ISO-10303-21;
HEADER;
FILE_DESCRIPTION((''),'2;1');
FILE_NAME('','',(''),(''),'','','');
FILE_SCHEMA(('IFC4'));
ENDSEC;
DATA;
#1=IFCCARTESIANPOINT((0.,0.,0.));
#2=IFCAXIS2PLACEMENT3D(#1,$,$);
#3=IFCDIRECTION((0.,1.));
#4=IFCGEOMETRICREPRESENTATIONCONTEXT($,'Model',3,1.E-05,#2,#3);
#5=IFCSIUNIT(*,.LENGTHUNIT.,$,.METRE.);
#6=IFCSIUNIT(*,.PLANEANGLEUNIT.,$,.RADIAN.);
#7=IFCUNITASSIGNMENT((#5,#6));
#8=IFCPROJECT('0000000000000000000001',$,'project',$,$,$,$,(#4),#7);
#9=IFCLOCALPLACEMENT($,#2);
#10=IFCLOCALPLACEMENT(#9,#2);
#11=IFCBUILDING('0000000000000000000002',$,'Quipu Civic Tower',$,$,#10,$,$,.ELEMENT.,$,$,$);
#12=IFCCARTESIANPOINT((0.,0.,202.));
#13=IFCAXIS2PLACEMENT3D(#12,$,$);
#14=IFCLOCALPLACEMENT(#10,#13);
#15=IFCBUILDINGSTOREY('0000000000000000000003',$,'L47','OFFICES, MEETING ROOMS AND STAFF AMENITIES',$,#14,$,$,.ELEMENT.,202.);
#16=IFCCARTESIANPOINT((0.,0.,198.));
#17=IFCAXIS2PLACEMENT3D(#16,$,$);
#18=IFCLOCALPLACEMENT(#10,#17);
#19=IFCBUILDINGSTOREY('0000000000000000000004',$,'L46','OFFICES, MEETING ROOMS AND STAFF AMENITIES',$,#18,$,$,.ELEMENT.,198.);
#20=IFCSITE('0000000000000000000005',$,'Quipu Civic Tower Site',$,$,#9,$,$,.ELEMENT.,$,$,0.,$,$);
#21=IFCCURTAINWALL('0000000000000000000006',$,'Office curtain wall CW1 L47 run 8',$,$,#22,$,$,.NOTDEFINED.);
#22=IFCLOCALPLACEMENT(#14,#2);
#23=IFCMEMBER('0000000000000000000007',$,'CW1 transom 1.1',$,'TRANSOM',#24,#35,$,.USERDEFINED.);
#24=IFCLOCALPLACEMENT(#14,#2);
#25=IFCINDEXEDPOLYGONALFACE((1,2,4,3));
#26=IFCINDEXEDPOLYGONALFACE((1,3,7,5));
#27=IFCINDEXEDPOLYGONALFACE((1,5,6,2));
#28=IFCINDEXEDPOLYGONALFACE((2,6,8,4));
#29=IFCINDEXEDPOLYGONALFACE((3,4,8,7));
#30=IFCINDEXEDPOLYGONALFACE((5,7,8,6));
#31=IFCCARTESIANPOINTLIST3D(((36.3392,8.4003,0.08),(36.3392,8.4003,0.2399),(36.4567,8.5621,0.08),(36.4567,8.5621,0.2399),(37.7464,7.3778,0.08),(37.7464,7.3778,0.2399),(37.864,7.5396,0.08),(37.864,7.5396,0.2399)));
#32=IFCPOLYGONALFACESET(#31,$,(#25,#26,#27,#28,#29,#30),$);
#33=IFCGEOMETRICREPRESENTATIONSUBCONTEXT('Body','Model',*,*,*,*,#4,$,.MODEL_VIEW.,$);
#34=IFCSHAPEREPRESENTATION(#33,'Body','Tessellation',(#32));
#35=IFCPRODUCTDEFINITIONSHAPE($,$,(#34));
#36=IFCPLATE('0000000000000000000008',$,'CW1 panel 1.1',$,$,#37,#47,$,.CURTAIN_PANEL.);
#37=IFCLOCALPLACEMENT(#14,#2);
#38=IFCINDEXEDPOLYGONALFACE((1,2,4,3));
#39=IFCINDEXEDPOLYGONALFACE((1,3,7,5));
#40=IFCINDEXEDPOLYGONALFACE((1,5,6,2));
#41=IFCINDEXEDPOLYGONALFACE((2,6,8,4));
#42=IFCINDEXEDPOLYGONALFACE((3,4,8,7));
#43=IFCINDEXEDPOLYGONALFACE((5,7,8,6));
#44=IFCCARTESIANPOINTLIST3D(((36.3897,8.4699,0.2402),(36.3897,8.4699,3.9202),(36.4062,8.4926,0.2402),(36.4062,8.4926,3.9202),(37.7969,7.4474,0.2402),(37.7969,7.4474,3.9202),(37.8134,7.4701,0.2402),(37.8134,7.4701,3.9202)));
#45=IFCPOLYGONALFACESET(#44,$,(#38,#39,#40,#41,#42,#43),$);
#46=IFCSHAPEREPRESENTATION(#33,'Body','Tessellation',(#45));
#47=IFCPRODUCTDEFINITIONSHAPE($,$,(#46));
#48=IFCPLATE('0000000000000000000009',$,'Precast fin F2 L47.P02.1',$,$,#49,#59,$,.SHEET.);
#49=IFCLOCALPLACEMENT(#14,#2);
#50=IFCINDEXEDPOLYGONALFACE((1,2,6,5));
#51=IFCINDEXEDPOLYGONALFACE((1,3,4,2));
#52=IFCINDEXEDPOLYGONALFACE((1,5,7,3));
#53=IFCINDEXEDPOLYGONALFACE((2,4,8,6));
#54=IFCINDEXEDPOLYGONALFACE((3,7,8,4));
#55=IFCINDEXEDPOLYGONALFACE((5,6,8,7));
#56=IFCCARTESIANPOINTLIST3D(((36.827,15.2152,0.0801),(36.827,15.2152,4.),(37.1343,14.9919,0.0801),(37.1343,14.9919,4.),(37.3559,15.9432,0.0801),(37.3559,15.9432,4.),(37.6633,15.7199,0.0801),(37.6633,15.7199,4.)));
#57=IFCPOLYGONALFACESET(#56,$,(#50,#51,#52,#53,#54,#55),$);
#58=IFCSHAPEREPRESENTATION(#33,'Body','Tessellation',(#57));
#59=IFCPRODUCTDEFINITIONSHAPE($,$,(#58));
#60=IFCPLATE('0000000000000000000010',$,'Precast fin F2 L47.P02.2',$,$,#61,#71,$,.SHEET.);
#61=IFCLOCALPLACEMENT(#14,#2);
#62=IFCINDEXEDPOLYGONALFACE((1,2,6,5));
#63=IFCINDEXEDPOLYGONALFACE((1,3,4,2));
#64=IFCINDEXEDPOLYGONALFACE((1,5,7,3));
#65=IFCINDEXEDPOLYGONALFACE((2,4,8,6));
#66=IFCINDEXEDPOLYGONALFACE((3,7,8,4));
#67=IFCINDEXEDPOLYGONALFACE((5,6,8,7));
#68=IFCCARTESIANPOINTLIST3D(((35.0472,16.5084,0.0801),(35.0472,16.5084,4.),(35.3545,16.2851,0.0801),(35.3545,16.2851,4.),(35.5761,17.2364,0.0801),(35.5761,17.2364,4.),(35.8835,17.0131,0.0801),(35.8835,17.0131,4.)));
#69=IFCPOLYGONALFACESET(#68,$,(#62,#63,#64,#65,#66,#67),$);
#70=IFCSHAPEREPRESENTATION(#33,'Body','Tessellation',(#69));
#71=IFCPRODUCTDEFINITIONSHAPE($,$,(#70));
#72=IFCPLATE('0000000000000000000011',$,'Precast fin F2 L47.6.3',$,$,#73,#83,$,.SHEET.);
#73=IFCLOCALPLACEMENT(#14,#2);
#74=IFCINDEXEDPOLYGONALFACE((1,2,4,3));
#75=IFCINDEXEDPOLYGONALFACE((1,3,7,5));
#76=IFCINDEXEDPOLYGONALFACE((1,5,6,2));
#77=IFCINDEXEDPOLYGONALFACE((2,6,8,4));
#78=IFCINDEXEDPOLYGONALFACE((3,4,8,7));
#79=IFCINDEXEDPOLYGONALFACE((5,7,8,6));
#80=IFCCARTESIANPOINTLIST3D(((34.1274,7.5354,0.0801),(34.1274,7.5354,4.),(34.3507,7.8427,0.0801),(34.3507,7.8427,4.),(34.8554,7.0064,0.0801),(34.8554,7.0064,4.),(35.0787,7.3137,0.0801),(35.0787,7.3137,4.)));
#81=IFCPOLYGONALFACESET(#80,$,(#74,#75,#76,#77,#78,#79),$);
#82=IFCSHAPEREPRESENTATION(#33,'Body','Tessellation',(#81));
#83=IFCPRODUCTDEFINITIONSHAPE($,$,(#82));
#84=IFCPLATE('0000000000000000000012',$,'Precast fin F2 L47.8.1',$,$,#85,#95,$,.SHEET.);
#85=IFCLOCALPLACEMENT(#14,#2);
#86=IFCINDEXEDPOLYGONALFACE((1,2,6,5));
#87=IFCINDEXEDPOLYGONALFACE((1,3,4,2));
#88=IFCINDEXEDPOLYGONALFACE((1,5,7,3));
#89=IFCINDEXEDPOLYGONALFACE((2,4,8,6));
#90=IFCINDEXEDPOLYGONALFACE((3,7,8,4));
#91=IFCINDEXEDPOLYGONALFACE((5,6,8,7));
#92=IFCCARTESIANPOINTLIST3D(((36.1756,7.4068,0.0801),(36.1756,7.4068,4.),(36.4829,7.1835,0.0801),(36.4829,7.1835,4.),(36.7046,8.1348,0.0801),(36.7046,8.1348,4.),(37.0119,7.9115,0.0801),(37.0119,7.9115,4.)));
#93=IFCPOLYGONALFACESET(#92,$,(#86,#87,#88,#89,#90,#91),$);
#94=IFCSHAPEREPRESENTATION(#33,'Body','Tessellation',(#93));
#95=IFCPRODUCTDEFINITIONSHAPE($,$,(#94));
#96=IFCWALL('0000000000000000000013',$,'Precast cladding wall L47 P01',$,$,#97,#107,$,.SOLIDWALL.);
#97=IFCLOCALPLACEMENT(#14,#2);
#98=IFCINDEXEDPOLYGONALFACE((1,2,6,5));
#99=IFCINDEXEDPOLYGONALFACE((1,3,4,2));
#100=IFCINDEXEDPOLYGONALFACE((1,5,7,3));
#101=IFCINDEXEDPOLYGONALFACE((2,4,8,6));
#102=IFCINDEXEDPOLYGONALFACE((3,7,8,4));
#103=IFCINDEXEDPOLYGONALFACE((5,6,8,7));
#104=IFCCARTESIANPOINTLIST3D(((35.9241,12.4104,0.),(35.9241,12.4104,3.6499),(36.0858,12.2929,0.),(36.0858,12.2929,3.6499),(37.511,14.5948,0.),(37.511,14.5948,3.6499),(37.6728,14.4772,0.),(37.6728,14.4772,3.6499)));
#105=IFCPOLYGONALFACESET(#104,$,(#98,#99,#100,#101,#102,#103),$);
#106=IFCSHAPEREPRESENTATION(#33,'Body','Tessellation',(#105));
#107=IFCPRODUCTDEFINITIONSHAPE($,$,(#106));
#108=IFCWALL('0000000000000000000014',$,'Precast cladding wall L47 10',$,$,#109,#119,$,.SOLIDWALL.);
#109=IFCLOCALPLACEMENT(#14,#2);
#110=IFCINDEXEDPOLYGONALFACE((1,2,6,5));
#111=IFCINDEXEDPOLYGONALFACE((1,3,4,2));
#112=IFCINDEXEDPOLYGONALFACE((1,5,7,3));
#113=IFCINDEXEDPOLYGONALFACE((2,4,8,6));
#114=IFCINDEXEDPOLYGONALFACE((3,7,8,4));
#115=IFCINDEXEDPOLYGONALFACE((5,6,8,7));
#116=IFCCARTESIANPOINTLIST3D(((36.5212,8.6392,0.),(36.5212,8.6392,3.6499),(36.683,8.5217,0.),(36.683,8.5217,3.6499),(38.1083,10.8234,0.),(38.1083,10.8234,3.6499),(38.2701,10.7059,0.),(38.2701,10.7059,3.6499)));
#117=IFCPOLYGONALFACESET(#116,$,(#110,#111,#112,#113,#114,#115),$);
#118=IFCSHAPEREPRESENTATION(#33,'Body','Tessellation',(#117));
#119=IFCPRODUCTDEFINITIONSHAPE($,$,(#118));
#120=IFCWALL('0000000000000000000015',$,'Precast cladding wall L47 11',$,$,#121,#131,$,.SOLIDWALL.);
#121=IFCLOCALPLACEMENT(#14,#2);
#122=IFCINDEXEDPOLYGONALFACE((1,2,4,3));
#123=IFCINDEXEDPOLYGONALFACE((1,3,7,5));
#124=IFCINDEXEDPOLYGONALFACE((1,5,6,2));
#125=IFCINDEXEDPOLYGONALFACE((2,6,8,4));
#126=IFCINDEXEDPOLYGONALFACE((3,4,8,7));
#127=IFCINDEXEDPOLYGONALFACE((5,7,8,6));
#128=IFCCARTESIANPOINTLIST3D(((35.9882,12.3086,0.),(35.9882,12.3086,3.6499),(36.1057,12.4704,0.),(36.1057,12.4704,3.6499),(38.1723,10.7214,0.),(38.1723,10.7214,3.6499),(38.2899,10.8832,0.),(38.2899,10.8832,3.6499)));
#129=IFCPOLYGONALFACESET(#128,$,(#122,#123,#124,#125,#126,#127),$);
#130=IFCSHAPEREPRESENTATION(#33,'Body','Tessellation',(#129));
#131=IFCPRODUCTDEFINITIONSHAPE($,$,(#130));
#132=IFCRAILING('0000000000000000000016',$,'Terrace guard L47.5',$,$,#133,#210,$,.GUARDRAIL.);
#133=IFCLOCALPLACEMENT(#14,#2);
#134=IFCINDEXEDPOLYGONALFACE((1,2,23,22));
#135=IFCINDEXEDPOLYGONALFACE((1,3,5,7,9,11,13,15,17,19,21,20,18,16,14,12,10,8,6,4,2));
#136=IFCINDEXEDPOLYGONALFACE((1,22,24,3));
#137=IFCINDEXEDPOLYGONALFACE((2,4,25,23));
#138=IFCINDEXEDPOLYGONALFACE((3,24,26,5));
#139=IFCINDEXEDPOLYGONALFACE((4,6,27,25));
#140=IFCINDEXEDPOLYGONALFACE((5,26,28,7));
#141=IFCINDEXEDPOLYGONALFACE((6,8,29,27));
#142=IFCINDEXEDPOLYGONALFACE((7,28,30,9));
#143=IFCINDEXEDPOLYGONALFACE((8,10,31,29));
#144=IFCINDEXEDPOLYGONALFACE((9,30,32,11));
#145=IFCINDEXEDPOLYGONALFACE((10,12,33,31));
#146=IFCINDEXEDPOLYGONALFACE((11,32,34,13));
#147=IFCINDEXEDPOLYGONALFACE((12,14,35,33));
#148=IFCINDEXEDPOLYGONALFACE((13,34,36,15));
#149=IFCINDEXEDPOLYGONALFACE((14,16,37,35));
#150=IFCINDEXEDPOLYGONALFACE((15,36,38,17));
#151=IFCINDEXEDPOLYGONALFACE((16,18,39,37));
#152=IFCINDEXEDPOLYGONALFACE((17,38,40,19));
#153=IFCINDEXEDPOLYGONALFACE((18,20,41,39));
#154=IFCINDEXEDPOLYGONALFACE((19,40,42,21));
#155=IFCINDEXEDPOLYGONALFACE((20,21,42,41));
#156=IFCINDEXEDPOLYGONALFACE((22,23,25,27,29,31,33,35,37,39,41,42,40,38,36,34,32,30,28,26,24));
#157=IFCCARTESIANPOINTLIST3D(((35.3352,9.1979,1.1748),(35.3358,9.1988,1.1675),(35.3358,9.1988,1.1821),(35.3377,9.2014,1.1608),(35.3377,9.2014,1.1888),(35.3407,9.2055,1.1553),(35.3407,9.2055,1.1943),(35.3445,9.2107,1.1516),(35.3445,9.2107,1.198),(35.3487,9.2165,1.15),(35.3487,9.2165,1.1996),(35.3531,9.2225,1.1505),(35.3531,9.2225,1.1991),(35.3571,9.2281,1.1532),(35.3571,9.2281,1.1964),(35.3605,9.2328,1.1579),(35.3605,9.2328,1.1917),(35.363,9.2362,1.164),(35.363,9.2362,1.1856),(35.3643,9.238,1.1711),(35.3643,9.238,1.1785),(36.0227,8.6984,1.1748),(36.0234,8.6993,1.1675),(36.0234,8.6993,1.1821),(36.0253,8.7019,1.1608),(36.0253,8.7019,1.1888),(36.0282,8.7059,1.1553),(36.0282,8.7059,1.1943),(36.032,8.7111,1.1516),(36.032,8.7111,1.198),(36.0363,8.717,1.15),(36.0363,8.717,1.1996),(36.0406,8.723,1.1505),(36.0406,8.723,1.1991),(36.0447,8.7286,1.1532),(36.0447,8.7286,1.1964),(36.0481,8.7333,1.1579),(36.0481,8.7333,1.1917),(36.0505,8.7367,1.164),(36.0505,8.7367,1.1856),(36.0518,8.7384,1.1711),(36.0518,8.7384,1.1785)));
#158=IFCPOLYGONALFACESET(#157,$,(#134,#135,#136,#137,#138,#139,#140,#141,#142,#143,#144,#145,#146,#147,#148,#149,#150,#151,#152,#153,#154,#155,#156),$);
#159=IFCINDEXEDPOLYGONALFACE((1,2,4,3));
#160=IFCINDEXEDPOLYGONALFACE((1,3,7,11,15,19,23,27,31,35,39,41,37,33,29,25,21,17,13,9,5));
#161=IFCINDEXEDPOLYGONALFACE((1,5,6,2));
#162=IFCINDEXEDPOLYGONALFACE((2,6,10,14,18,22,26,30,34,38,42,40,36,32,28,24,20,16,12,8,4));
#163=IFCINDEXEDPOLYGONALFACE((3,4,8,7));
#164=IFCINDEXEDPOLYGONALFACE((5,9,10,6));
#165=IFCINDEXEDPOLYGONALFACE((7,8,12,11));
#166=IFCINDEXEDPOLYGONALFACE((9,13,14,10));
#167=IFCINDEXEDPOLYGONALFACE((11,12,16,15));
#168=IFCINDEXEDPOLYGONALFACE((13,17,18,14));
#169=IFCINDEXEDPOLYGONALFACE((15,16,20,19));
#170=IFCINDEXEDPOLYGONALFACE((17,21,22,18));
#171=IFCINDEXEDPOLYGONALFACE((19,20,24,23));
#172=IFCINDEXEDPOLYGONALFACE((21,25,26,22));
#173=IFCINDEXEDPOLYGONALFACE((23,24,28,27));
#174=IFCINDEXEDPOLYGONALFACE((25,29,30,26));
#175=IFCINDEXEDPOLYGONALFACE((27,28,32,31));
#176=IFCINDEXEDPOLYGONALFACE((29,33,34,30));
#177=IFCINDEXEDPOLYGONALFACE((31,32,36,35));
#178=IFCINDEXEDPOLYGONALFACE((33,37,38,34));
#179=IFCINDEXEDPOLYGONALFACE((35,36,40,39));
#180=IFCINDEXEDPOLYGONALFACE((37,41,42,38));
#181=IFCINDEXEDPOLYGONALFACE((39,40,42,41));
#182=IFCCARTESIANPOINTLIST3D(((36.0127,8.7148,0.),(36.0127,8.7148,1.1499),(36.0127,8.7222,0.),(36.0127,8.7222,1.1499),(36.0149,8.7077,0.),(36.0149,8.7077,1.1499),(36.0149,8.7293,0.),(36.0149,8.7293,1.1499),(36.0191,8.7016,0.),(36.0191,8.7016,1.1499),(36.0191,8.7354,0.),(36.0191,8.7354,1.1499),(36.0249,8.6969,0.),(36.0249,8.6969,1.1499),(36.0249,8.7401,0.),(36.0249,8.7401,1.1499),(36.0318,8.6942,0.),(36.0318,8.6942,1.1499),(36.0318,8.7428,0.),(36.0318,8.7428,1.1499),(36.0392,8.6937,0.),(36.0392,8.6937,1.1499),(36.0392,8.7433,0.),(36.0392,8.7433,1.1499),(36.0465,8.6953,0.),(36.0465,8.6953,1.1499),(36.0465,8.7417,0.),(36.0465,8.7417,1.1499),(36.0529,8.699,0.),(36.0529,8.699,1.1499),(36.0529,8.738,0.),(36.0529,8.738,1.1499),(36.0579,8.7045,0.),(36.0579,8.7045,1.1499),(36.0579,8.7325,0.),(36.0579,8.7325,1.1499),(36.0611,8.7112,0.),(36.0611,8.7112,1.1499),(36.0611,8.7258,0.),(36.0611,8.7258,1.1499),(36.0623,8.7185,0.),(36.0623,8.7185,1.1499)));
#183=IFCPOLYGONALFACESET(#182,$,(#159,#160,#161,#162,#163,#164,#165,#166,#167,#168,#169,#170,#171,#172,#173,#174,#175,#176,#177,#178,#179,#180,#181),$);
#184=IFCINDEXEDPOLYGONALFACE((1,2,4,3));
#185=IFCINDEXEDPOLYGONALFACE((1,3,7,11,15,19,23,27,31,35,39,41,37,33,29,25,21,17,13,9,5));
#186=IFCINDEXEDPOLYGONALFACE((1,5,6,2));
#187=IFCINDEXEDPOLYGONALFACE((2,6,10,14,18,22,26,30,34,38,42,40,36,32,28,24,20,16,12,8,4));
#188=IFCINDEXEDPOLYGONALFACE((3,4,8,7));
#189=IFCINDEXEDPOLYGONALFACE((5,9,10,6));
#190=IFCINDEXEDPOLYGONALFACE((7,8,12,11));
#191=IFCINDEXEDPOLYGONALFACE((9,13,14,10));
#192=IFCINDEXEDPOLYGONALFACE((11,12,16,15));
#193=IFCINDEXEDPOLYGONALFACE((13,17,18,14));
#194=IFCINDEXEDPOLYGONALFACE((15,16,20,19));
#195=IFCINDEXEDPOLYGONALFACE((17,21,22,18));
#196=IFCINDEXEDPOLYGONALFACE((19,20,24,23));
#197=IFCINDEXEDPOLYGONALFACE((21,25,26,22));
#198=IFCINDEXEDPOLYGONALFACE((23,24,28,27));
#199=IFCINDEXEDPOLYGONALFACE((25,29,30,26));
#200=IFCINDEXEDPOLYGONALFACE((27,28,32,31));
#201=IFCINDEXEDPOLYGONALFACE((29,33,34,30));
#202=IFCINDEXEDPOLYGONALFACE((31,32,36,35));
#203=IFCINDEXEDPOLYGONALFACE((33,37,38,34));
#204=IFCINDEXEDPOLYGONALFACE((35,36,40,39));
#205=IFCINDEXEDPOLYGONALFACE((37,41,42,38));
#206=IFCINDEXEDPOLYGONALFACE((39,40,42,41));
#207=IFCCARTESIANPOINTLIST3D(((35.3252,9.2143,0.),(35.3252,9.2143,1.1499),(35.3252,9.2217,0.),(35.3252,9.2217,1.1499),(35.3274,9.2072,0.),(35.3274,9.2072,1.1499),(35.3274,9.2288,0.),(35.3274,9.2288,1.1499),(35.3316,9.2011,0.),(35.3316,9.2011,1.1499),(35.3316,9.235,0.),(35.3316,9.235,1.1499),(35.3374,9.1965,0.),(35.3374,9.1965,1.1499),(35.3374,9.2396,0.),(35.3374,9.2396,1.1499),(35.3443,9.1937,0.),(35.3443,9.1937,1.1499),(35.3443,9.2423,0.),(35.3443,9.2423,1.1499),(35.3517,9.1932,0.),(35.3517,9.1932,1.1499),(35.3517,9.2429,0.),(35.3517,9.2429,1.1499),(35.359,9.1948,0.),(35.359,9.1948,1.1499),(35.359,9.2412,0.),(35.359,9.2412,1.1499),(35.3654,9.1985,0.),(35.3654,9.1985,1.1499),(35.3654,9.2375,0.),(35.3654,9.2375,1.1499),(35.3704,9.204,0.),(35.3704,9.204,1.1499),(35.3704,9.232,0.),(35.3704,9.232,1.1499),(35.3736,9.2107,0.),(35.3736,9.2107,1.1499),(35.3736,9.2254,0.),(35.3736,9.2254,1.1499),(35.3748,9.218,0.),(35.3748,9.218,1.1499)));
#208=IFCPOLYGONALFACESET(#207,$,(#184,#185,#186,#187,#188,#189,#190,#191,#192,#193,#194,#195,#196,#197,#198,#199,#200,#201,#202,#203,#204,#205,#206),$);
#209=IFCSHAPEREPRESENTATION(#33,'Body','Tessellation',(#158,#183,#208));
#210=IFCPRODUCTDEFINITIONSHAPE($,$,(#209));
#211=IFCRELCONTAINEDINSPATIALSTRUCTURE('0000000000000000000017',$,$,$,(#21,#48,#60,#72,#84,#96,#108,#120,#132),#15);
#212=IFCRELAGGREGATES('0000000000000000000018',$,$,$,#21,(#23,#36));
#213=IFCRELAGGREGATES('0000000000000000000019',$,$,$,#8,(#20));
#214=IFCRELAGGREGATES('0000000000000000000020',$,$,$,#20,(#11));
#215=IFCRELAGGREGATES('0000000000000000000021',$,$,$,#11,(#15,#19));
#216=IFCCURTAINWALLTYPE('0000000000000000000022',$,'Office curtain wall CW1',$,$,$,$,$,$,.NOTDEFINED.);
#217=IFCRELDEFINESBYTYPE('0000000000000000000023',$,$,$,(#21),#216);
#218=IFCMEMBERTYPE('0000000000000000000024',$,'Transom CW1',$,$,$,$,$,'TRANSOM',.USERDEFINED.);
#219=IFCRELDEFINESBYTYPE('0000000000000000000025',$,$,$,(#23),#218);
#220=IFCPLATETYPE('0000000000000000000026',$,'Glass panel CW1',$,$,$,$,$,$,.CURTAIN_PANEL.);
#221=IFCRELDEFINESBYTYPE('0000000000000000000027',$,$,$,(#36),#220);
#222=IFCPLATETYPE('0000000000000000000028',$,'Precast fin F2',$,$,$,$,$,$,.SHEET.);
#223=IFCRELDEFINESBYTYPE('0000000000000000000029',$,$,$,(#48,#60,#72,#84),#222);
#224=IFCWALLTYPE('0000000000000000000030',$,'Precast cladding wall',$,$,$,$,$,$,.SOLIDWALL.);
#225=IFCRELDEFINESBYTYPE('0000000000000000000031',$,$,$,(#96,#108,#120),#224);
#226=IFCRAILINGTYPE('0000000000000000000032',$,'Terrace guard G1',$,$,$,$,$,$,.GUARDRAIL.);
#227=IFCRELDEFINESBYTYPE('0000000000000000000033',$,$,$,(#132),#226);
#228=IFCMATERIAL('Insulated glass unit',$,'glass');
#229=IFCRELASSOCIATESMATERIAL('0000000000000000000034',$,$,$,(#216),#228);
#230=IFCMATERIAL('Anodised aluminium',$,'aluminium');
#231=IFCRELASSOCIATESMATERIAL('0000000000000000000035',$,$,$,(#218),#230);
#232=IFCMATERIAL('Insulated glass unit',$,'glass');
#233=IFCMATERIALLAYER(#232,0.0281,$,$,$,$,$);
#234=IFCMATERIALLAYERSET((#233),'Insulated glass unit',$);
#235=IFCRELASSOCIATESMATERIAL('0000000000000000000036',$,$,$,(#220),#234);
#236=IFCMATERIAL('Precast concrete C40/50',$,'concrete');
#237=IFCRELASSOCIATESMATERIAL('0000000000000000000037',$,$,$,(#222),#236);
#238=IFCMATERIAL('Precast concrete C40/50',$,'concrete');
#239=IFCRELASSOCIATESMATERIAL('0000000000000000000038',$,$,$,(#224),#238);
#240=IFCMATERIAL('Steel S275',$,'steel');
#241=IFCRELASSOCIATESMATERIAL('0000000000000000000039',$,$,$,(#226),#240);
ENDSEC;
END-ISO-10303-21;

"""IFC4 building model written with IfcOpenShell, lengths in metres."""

from ifc_helpers import new_model, si_unit, direction, frame, frame_2d, origin, origin_2d, place, context, subcontext, project, spatial, rectangle, circle, extrude, material, layer, layer_set, material_profile, profile_set, type_object, element, aggregate, save


model = new_model("IFC4")

# Units and contexts
model_context = context("Model", 3, precision=1e-05, world=origin(), true_north=direction((0.0, 1.0)))
body_context = subcontext(model_context, "Body", "Model", "MODEL_VIEW")
ifc_project = project(units=[si_unit("LENGTHUNIT", "METRE"), si_unit("PLANEANGLEUNIT", "RADIAN")], contexts=[model_context])

# Site, building, storey
site_placement = place(None, origin())
site = spatial("IfcSite", under=ifc_project, at=site_placement, Name="Quipu Civic Tower Site", CompositionType="ELEMENT", RefElevation=0.0)
building_placement = place(site_placement, origin())
building = spatial("IfcBuilding", under=site, at=building_placement, Name="Quipu Civic Tower", CompositionType="ELEMENT")
storey_1_placement = place(building_placement, frame((0.0, 0.0, 202.0)))
storey_1 = spatial("IfcBuildingStorey", under=building, at=storey_1_placement, Name="L47", Description="OFFICES, MEETING ROOMS AND STAFF AMENITIES", CompositionType="ELEMENT", Elevation=202.0)

# Shared definitions
ifc_material_1 = material(Name="Insulated glass unit", Category="glass")
curtain_wall_type = type_object("IfcCurtainWallType", Name="Office curtain wall CW1", PredefinedType="NOTDEFINED", material=ifc_material_1)

# Curtain wall
curtain_wall_1_placement = place(storey_1_placement, origin())
curtain_wall_1 = element("IfcCurtainWall", 1, at=curtain_wall_1_placement, inside=storey_1, type_object=curtain_wall_type, Name="Office curtain wall CW1 L47 run 8", PredefinedType="NOTDEFINED")

# Shared definitions
storey_2_placement = place(building_placement, frame((0.0, 0.0, 198.0)))
storey_2 = spatial("IfcBuildingStorey", under=building, at=storey_2_placement, Name="L46", Description="OFFICES, MEETING ROOMS AND STAFF AMENITIES", CompositionType="ELEMENT", Elevation=198.0)

# Shared definitions
ifc_material_2 = material(Name="Anodised aluminium", Category="aluminium")
ifc_material_profile_1 = material_profile(ifc_material_2, rectangle(XDim=0.2, YDim=0.1599, at=origin_2d()), Name="RECT 200x160")
ifc_profile_set_1 = profile_set([ifc_material_profile_1], Name="Anodised aluminium")
member_type_1 = type_object("IfcMemberType", Name="Transom CW1", ElementType="TRANSOM", PredefinedType="USERDEFINED", material=ifc_profile_set_1)

# Member
member_1_placement = place(storey_1_placement, frame((36.3979, 8.4812, 0.1599), z_axis=(0.809003, -0.587804, 0.0), x_axis=(0.587804, 0.809003, 0.0)))
member_1 = element("IfcMember", 2, at=member_1_placement, type_object=member_type_1, Name="CW1 transom 1.1", ObjectType="TRANSOM", PredefinedType="USERDEFINED", context=body_context, shape_type="SweptSolid", body=[
    extrude(rectangle(XDim=0.2, YDim=0.1599, at=origin_2d()), origin(), (0.0, 0.0, 1.0), 1.7395),
])

# Plate
ifc_material_3 = material(Name="Insulated glass unit", Category="glass")
ifc_layer = layer(ifc_material_3, 0.0281)
ifc_layer_set = layer_set([ifc_layer], Name="Insulated glass unit")
plate_type_1 = type_object("IfcPlateType", Name="Glass panel CW1", PredefinedType="CURTAIN_PANEL", material=ifc_layer_set)
plate_placement = place(storey_1_placement, frame((37.1016, 7.97, 0.2402), z_axis=(0.0, 0.0, 1.0), x_axis=(0.809005, -0.587802, 0.0)))
plate = element("IfcPlate", 3, at=plate_placement, type_object=plate_type_1, Name="CW1 panel 1.1", PredefinedType="CURTAIN_PANEL", context=body_context, shape_type="SweptSolid", body=[
    extrude(rectangle(XDim=1.7395, YDim=0.0281, at=origin_2d()), origin(), (0.0, 0.0, 1.0), 3.6799),
])
aggregate(curtain_wall_1, [member_1, plate])

# Plates
ifc_material_4 = material(Name="Precast concrete C40/50", Category="concrete")
plate_type_2 = type_object("IfcPlateType", Name="Precast fin F2", PredefinedType="SHEET", material=ifc_material_4)
for number, where, z_axis, x_axis, name in (
    (4, (37.2451, 15.4675, 0.0801), (0.0, 0.0, 1.0), (-0.809017, 0.587785, 0.0), "Precast fin F2 L47.P02.1"),
    (5, (35.4653, 16.7607, 0.0801), (0.0, 0.0, 1.0), (-0.809017, 0.587785, 0.0), "Precast fin F2 L47.P02.2"),
    (6, (34.603, 7.4246, 0.0801), (0.0, 0.0, 1.0), (0.587791, 0.809013, 0.0), "Precast fin F2 L47.6.3"),
    (7, (36.5938, 7.6592, 0.0801), (0.0, 0.0, 1.0), (0.809011, -0.587794, 0.0), "Precast fin F2 L47.8.1"),
):
    element("IfcPlate", number, at=place(storey_1_placement, frame(where, z_axis=z_axis, x_axis=x_axis)), inside=storey_1, type_object=plate_type_2, Name=name, PredefinedType="SHEET", context=body_context, shape_type="SweptSolid", body=[
        extrude(rectangle(XDim=0.3799, YDim=0.8999, at=origin_2d()), origin(), (0.0, 0.0, 1.0), 3.9199),
    ])

# Walls
ifc_material_5 = material(Name="Precast concrete C40/50", Category="concrete")
wall_type = type_object("IfcWallType", Name="Precast cladding wall", PredefinedType="SOLIDWALL", material=ifc_material_5)
for number, where, z_axis, x_axis, name in (
    (8, (36.0049, 12.3516, 0.0), (0.0, 0.0, 1.0), (0.587763, 0.809033, 0.0), "Precast cladding wall L47 P01"),
    (9, (36.6021, 8.5803, 0.0), (0.0, 0.0, 1.0), (0.587822, 0.80899, 0.0), "Precast cladding wall L47 10"),
    (10, (38.2312, 10.8022, 0.0), (0.0, 0.0, 1.0), (-0.808959, 0.587865, 0.0), "Precast cladding wall L47 11"),
):
    element("IfcWall", number, at=place(storey_1_placement, frame(where, z_axis=z_axis, x_axis=x_axis)), inside=storey_1, type_object=wall_type, Name=name, PredefinedType="SOLIDWALL", context=body_context, shape_type="SweptSolid", body=[
        extrude(rectangle(XDim=2.7, YDim=0.2, at=frame_2d((1.3501, 0.0))), origin(), (0.0, 0.0, 1.0), 3.6499),
    ])

# Railing
ifc_material_6 = material(Name="Steel S275", Category="steel")
railing_type = type_object("IfcRailingType", Name="Terrace guard G1", PredefinedType="GUARDRAIL", material=ifc_material_6)
railing_placement = place(storey_1_placement, frame((36.0374, 8.7185, 0.0)))
element("IfcRailing", 11, at=railing_placement, inside=storey_1, type_object=railing_type, Name="Terrace guard L47.5", PredefinedType="GUARDRAIL", context=body_context, shape_type="SweptSolid", body=[
    extrude(circle(Radius=0.0249, at=origin_2d()), frame((0.0, 0.0, 1.1748), z_axis=(-0.809009, 0.587796, 0.0), x_axis=(-0.587796, -0.809009, 0.0)), (0.0, 0.0, 1.0), 0.8499),
    extrude(circle(Radius=0.0249, at=origin_2d()), origin(), (0.0, 0.0, 1.0), 1.1499),
    extrude(circle(Radius=0.0249, at=origin_2d()), frame((-0.6875, 0.4995, 0.0)), (0.0, 0.0, 1.0), 1.1499),
])

save(model, "model.ifc")
